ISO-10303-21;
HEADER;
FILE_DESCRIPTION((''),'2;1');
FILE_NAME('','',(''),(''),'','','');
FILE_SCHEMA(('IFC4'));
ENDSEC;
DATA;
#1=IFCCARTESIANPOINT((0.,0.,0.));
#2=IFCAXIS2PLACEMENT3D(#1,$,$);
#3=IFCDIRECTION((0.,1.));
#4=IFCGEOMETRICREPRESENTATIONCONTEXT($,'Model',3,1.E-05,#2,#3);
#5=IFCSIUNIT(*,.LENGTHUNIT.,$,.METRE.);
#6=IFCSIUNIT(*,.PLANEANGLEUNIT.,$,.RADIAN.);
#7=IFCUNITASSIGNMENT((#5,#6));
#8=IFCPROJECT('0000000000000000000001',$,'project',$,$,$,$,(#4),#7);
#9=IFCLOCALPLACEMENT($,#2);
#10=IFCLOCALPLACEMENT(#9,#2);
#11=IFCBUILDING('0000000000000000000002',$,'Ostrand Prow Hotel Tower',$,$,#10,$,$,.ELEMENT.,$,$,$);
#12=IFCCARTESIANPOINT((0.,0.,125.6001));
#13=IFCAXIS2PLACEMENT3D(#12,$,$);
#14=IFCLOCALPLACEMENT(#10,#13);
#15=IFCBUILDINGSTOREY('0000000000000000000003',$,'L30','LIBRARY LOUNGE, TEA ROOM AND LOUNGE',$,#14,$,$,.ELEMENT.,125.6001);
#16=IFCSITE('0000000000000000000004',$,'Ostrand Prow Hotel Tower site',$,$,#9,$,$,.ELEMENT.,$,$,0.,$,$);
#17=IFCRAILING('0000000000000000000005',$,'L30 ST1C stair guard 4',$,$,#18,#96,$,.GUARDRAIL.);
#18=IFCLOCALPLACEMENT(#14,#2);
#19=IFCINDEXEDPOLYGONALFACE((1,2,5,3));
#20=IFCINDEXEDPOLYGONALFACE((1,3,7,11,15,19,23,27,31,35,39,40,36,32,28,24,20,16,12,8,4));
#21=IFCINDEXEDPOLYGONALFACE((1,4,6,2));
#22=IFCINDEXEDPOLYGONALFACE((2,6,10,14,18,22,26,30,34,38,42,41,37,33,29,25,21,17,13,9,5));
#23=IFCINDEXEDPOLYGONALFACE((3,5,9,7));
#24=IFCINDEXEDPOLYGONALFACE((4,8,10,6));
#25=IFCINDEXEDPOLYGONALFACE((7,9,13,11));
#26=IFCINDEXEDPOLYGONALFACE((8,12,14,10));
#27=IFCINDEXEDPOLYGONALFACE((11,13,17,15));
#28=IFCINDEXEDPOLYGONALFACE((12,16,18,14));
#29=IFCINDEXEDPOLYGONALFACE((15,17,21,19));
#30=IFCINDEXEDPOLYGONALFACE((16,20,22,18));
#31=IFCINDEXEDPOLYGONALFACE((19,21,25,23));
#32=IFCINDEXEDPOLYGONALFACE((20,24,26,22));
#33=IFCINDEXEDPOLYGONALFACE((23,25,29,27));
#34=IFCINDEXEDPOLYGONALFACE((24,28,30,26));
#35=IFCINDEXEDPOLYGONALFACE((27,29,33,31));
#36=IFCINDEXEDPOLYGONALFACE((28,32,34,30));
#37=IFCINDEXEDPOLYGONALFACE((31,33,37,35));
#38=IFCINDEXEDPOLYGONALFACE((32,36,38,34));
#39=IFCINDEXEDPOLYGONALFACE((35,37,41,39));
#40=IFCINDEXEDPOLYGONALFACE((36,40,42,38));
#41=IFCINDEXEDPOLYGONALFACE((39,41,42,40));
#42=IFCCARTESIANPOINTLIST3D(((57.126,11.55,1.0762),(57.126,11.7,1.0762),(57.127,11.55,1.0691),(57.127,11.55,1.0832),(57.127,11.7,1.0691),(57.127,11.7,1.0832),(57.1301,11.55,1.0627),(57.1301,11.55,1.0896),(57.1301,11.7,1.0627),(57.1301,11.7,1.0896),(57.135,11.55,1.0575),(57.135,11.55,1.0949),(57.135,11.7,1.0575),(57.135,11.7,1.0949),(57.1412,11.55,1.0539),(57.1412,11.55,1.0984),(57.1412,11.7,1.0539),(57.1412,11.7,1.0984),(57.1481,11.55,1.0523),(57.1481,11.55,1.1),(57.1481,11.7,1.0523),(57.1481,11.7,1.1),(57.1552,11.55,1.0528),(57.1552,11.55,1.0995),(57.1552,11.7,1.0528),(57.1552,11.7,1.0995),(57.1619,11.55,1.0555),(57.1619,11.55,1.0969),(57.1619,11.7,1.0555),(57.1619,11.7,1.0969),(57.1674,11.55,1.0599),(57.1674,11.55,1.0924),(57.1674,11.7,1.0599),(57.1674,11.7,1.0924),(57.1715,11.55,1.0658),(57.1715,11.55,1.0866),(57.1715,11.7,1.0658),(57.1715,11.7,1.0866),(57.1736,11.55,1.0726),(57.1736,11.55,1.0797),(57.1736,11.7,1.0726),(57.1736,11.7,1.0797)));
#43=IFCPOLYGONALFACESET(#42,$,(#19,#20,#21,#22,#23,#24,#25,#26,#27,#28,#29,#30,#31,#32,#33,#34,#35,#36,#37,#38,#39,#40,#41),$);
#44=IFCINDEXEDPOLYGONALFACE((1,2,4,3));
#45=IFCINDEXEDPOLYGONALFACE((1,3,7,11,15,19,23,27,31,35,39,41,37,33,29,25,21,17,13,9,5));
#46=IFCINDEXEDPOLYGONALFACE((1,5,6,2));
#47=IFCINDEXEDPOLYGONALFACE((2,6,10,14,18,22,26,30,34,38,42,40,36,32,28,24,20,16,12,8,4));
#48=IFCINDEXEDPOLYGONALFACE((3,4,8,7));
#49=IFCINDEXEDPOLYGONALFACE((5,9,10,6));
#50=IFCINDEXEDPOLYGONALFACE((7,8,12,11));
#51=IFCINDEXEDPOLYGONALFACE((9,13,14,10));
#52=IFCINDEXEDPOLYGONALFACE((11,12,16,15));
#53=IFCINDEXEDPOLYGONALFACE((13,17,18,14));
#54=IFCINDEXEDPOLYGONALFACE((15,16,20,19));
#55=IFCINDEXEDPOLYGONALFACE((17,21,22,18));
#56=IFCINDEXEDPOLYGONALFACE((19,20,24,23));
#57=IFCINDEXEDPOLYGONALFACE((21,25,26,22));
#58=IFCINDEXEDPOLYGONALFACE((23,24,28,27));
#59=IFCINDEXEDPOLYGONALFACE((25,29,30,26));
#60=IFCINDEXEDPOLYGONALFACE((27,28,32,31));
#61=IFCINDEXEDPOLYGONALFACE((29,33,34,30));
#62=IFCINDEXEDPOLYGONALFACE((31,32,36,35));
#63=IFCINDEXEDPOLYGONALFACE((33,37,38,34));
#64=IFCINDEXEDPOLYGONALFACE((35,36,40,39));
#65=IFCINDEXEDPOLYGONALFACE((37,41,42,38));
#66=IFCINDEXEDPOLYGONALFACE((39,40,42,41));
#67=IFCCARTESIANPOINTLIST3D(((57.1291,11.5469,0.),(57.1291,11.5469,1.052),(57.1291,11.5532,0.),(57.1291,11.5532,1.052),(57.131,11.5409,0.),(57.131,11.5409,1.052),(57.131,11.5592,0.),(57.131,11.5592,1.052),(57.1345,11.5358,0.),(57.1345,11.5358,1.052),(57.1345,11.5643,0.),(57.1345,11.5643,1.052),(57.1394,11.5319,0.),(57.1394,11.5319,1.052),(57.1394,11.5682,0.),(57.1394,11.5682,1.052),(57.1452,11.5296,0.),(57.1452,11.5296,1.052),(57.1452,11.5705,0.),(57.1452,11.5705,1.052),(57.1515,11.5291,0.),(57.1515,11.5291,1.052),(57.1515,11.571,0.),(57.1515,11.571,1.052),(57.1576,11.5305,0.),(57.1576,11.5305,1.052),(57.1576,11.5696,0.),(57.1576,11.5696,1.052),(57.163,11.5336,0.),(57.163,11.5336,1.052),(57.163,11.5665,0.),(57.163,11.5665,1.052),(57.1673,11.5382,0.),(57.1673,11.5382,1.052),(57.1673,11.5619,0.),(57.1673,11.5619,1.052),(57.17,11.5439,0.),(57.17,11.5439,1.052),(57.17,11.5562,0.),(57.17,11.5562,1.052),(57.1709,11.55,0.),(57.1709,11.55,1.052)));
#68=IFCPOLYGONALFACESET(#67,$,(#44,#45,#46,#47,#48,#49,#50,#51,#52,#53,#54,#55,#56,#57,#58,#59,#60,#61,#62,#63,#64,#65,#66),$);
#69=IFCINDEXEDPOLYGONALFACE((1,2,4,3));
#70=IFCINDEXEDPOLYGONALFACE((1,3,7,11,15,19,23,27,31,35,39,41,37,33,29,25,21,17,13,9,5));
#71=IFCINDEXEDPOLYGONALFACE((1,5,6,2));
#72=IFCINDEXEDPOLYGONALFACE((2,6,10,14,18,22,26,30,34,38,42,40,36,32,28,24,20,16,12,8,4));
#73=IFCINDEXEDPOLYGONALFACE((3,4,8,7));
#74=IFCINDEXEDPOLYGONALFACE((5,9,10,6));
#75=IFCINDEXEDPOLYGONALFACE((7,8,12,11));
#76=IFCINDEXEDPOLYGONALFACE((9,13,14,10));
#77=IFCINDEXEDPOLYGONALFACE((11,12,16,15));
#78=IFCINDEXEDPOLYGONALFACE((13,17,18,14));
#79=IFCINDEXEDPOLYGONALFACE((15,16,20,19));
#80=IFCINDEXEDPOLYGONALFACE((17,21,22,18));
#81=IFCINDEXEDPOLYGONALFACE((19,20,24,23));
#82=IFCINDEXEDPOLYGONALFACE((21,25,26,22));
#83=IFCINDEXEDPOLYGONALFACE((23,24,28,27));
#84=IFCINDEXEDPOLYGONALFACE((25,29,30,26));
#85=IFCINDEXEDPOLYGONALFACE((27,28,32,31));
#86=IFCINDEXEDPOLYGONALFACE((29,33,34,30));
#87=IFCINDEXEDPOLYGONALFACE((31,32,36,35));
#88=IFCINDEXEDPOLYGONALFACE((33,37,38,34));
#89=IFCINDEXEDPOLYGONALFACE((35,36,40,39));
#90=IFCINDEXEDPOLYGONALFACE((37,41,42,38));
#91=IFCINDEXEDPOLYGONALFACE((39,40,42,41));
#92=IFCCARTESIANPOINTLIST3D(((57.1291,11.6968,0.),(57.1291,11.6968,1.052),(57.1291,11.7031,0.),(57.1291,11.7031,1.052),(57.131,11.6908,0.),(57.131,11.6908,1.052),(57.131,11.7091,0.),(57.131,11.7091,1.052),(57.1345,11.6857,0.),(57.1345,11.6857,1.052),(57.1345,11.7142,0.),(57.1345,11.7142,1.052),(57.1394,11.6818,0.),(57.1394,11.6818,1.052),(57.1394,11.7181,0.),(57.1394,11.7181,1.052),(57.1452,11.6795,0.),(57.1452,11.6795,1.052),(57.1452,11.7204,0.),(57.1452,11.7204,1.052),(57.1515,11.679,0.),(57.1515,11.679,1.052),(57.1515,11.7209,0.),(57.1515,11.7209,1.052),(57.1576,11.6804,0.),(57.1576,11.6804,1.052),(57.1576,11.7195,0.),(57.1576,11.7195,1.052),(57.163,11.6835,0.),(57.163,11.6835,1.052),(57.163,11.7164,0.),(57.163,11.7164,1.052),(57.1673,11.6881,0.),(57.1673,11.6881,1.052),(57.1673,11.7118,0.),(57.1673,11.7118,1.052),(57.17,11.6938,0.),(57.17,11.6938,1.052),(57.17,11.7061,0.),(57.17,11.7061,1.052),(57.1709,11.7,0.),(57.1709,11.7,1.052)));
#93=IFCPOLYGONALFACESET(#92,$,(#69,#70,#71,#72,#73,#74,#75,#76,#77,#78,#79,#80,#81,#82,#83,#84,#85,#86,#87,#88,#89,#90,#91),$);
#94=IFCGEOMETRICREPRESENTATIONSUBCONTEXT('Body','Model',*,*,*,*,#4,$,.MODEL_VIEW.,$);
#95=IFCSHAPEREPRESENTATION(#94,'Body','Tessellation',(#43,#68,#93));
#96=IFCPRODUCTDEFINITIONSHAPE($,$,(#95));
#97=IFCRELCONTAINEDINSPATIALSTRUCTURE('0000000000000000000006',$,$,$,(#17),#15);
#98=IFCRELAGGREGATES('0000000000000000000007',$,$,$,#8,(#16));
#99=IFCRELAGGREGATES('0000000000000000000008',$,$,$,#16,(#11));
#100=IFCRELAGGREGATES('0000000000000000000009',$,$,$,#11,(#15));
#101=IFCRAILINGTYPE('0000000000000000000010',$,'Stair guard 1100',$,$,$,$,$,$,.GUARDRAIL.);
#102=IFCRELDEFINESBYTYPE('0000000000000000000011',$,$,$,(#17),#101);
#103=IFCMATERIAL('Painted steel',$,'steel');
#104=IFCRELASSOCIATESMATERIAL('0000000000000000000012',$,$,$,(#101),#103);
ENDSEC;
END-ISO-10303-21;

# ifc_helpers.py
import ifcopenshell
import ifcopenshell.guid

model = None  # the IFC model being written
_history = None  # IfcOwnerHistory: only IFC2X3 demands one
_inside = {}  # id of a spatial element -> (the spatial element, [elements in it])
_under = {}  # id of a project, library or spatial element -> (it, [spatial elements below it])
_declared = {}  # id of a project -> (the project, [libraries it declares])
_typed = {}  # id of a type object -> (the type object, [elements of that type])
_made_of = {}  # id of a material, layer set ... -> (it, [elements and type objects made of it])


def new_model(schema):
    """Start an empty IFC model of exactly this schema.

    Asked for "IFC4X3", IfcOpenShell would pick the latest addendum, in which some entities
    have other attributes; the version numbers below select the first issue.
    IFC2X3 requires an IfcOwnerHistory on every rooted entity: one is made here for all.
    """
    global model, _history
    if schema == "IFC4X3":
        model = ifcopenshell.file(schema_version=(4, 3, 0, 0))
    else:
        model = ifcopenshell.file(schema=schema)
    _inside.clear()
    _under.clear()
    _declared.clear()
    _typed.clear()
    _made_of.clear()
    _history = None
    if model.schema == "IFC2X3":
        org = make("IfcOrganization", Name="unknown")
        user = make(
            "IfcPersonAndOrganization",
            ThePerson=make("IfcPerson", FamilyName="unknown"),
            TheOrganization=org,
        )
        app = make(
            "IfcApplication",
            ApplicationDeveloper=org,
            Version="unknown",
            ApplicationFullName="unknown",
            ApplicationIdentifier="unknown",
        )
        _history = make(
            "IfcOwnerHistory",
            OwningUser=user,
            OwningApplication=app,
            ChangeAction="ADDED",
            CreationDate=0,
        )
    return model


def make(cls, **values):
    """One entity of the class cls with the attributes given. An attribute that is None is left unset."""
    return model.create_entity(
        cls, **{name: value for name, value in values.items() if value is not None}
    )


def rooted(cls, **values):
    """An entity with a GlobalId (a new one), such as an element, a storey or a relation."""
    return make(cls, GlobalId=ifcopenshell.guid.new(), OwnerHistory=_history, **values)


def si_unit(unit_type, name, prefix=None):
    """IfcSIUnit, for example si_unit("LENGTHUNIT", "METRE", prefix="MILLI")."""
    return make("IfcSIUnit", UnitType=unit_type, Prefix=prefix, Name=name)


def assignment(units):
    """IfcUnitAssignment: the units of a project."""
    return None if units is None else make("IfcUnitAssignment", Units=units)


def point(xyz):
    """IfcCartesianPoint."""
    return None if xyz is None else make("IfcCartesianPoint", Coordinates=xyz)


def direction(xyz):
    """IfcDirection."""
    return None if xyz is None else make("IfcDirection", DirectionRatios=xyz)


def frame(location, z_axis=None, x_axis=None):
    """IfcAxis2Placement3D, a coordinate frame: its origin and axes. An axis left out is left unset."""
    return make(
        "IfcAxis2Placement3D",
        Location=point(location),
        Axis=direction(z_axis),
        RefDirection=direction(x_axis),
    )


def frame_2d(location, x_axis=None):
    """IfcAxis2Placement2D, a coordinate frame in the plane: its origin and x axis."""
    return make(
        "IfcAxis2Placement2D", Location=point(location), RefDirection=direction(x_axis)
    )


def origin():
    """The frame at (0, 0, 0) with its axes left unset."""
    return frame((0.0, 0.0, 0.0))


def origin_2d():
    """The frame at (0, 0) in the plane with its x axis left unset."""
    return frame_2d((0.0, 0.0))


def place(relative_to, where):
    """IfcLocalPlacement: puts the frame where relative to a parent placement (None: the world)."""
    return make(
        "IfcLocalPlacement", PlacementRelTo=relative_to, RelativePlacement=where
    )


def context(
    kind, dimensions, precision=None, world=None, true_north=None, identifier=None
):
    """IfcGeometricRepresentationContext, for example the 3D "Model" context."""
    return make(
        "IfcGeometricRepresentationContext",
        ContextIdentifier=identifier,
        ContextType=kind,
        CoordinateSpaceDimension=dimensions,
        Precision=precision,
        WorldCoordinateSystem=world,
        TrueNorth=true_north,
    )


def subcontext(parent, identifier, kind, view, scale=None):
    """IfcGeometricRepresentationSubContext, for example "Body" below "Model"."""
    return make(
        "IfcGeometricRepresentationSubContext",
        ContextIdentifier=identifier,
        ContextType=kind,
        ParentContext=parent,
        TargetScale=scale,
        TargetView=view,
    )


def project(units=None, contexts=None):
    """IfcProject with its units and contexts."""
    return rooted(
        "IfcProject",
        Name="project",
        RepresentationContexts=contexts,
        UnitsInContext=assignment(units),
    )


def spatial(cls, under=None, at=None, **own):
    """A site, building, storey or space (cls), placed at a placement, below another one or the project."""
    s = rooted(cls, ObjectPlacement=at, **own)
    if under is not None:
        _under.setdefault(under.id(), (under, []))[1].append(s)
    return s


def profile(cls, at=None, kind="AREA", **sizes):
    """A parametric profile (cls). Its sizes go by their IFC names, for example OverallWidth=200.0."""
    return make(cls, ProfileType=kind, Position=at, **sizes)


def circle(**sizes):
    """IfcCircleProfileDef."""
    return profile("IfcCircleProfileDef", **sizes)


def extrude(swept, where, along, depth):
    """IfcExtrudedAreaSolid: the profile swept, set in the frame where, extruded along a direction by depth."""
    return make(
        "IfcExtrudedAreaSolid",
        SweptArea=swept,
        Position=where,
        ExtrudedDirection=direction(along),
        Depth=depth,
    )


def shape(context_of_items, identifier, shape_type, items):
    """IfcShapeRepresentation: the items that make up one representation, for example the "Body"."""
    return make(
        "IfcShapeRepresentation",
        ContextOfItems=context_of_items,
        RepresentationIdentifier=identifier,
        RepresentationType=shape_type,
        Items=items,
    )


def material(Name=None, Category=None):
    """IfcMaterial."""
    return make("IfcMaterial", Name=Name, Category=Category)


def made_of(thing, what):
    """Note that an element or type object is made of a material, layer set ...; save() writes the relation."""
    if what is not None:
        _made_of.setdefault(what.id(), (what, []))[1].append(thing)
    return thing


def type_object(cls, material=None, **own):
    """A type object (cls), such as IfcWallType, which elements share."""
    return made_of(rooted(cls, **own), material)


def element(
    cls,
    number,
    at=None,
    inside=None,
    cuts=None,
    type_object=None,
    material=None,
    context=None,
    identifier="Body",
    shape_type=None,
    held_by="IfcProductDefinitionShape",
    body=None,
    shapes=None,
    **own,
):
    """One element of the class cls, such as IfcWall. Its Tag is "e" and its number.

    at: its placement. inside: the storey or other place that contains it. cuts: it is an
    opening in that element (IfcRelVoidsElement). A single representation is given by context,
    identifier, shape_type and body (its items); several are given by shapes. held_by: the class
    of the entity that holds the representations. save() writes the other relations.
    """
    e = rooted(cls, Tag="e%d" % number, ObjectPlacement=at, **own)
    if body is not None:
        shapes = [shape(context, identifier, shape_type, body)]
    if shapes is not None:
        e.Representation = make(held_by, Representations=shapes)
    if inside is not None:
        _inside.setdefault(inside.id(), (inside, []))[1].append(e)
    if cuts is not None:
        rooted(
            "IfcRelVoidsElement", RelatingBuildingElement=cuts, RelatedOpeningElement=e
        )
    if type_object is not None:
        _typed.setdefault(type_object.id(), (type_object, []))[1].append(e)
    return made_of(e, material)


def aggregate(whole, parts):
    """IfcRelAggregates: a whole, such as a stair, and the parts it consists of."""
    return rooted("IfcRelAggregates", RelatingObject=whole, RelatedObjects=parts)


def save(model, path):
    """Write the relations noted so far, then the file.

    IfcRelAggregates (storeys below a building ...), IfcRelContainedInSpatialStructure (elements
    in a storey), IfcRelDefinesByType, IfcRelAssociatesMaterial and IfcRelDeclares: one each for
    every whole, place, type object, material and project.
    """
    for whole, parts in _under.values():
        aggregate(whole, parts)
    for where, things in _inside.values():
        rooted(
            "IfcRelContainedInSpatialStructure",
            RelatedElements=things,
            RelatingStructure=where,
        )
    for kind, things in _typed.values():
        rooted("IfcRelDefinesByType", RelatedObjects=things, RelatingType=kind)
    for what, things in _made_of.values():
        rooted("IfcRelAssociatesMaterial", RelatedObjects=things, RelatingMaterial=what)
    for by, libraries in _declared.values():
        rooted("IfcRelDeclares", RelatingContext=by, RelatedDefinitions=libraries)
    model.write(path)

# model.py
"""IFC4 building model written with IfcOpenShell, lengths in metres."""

from ifc_helpers import new_model, si_unit, direction, frame, origin, origin_2d, place, context, subcontext, project, spatial, circle, extrude, material, type_object, element, save


model = new_model("IFC4")

# Units and contexts
model_context = context("Model", 3, precision=1e-05, world=origin(), true_north=direction((0.0, 1.0)))
body_context = subcontext(model_context, "Body", "Model", "MODEL_VIEW")
ifc_project = project(units=[si_unit("LENGTHUNIT", "METRE"), si_unit("PLANEANGLEUNIT", "RADIAN")], contexts=[model_context])

# Site, building, storey
site_placement = place(None, origin())
site = spatial("IfcSite", under=ifc_project, at=site_placement, Name="Ostrand Prow Hotel Tower site", CompositionType="ELEMENT", RefElevation=0.0)
building_placement = place(site_placement, origin())
building = spatial("IfcBuilding", under=site, at=building_placement, Name="Ostrand Prow Hotel Tower", CompositionType="ELEMENT")
storey_placement = place(building_placement, frame((0.0, 0.0, 125.6001)))
storey = spatial("IfcBuildingStorey", under=building, at=storey_placement, Name="L30", Description="LIBRARY LOUNGE, TEA ROOM AND LOUNGE", CompositionType="ELEMENT", Elevation=125.6001)

# Railing
ifc_material_1 = material(Name="Painted steel", Category="steel")
railing_type_1 = type_object("IfcRailingType", Name="Stair guard 1100", PredefinedType="GUARDRAIL", material=ifc_material_1)
railing_1_placement = place(storey_placement, frame((57.1499, 11.55, 0.0)))
element("IfcRailing", 1, at=railing_1_placement, inside=storey, type_object=railing_type_1, Name="L30 ST1C stair guard 4", PredefinedType="GUARDRAIL", context=body_context, shape_type="SweptSolid", body=[
    extrude(circle(Radius=0.0239, at=origin_2d()), frame((0.0, 0.0, 1.0762), z_axis=(0.0, 1.0, 0.0), x_axis=(-1.0, 0.0, 0.0)), (0.0, 0.0, 1.0), 0.1499),
    extrude(circle(Radius=0.021, at=origin_2d()), origin(), (0.0, 0.0, 1.0), 1.052),
    extrude(circle(Radius=0.021, at=origin_2d()), frame((0.0, 0.1499, 0.0)), (0.0, 0.0, 1.0), 1.052),
])

save(model, "model.ifc")
